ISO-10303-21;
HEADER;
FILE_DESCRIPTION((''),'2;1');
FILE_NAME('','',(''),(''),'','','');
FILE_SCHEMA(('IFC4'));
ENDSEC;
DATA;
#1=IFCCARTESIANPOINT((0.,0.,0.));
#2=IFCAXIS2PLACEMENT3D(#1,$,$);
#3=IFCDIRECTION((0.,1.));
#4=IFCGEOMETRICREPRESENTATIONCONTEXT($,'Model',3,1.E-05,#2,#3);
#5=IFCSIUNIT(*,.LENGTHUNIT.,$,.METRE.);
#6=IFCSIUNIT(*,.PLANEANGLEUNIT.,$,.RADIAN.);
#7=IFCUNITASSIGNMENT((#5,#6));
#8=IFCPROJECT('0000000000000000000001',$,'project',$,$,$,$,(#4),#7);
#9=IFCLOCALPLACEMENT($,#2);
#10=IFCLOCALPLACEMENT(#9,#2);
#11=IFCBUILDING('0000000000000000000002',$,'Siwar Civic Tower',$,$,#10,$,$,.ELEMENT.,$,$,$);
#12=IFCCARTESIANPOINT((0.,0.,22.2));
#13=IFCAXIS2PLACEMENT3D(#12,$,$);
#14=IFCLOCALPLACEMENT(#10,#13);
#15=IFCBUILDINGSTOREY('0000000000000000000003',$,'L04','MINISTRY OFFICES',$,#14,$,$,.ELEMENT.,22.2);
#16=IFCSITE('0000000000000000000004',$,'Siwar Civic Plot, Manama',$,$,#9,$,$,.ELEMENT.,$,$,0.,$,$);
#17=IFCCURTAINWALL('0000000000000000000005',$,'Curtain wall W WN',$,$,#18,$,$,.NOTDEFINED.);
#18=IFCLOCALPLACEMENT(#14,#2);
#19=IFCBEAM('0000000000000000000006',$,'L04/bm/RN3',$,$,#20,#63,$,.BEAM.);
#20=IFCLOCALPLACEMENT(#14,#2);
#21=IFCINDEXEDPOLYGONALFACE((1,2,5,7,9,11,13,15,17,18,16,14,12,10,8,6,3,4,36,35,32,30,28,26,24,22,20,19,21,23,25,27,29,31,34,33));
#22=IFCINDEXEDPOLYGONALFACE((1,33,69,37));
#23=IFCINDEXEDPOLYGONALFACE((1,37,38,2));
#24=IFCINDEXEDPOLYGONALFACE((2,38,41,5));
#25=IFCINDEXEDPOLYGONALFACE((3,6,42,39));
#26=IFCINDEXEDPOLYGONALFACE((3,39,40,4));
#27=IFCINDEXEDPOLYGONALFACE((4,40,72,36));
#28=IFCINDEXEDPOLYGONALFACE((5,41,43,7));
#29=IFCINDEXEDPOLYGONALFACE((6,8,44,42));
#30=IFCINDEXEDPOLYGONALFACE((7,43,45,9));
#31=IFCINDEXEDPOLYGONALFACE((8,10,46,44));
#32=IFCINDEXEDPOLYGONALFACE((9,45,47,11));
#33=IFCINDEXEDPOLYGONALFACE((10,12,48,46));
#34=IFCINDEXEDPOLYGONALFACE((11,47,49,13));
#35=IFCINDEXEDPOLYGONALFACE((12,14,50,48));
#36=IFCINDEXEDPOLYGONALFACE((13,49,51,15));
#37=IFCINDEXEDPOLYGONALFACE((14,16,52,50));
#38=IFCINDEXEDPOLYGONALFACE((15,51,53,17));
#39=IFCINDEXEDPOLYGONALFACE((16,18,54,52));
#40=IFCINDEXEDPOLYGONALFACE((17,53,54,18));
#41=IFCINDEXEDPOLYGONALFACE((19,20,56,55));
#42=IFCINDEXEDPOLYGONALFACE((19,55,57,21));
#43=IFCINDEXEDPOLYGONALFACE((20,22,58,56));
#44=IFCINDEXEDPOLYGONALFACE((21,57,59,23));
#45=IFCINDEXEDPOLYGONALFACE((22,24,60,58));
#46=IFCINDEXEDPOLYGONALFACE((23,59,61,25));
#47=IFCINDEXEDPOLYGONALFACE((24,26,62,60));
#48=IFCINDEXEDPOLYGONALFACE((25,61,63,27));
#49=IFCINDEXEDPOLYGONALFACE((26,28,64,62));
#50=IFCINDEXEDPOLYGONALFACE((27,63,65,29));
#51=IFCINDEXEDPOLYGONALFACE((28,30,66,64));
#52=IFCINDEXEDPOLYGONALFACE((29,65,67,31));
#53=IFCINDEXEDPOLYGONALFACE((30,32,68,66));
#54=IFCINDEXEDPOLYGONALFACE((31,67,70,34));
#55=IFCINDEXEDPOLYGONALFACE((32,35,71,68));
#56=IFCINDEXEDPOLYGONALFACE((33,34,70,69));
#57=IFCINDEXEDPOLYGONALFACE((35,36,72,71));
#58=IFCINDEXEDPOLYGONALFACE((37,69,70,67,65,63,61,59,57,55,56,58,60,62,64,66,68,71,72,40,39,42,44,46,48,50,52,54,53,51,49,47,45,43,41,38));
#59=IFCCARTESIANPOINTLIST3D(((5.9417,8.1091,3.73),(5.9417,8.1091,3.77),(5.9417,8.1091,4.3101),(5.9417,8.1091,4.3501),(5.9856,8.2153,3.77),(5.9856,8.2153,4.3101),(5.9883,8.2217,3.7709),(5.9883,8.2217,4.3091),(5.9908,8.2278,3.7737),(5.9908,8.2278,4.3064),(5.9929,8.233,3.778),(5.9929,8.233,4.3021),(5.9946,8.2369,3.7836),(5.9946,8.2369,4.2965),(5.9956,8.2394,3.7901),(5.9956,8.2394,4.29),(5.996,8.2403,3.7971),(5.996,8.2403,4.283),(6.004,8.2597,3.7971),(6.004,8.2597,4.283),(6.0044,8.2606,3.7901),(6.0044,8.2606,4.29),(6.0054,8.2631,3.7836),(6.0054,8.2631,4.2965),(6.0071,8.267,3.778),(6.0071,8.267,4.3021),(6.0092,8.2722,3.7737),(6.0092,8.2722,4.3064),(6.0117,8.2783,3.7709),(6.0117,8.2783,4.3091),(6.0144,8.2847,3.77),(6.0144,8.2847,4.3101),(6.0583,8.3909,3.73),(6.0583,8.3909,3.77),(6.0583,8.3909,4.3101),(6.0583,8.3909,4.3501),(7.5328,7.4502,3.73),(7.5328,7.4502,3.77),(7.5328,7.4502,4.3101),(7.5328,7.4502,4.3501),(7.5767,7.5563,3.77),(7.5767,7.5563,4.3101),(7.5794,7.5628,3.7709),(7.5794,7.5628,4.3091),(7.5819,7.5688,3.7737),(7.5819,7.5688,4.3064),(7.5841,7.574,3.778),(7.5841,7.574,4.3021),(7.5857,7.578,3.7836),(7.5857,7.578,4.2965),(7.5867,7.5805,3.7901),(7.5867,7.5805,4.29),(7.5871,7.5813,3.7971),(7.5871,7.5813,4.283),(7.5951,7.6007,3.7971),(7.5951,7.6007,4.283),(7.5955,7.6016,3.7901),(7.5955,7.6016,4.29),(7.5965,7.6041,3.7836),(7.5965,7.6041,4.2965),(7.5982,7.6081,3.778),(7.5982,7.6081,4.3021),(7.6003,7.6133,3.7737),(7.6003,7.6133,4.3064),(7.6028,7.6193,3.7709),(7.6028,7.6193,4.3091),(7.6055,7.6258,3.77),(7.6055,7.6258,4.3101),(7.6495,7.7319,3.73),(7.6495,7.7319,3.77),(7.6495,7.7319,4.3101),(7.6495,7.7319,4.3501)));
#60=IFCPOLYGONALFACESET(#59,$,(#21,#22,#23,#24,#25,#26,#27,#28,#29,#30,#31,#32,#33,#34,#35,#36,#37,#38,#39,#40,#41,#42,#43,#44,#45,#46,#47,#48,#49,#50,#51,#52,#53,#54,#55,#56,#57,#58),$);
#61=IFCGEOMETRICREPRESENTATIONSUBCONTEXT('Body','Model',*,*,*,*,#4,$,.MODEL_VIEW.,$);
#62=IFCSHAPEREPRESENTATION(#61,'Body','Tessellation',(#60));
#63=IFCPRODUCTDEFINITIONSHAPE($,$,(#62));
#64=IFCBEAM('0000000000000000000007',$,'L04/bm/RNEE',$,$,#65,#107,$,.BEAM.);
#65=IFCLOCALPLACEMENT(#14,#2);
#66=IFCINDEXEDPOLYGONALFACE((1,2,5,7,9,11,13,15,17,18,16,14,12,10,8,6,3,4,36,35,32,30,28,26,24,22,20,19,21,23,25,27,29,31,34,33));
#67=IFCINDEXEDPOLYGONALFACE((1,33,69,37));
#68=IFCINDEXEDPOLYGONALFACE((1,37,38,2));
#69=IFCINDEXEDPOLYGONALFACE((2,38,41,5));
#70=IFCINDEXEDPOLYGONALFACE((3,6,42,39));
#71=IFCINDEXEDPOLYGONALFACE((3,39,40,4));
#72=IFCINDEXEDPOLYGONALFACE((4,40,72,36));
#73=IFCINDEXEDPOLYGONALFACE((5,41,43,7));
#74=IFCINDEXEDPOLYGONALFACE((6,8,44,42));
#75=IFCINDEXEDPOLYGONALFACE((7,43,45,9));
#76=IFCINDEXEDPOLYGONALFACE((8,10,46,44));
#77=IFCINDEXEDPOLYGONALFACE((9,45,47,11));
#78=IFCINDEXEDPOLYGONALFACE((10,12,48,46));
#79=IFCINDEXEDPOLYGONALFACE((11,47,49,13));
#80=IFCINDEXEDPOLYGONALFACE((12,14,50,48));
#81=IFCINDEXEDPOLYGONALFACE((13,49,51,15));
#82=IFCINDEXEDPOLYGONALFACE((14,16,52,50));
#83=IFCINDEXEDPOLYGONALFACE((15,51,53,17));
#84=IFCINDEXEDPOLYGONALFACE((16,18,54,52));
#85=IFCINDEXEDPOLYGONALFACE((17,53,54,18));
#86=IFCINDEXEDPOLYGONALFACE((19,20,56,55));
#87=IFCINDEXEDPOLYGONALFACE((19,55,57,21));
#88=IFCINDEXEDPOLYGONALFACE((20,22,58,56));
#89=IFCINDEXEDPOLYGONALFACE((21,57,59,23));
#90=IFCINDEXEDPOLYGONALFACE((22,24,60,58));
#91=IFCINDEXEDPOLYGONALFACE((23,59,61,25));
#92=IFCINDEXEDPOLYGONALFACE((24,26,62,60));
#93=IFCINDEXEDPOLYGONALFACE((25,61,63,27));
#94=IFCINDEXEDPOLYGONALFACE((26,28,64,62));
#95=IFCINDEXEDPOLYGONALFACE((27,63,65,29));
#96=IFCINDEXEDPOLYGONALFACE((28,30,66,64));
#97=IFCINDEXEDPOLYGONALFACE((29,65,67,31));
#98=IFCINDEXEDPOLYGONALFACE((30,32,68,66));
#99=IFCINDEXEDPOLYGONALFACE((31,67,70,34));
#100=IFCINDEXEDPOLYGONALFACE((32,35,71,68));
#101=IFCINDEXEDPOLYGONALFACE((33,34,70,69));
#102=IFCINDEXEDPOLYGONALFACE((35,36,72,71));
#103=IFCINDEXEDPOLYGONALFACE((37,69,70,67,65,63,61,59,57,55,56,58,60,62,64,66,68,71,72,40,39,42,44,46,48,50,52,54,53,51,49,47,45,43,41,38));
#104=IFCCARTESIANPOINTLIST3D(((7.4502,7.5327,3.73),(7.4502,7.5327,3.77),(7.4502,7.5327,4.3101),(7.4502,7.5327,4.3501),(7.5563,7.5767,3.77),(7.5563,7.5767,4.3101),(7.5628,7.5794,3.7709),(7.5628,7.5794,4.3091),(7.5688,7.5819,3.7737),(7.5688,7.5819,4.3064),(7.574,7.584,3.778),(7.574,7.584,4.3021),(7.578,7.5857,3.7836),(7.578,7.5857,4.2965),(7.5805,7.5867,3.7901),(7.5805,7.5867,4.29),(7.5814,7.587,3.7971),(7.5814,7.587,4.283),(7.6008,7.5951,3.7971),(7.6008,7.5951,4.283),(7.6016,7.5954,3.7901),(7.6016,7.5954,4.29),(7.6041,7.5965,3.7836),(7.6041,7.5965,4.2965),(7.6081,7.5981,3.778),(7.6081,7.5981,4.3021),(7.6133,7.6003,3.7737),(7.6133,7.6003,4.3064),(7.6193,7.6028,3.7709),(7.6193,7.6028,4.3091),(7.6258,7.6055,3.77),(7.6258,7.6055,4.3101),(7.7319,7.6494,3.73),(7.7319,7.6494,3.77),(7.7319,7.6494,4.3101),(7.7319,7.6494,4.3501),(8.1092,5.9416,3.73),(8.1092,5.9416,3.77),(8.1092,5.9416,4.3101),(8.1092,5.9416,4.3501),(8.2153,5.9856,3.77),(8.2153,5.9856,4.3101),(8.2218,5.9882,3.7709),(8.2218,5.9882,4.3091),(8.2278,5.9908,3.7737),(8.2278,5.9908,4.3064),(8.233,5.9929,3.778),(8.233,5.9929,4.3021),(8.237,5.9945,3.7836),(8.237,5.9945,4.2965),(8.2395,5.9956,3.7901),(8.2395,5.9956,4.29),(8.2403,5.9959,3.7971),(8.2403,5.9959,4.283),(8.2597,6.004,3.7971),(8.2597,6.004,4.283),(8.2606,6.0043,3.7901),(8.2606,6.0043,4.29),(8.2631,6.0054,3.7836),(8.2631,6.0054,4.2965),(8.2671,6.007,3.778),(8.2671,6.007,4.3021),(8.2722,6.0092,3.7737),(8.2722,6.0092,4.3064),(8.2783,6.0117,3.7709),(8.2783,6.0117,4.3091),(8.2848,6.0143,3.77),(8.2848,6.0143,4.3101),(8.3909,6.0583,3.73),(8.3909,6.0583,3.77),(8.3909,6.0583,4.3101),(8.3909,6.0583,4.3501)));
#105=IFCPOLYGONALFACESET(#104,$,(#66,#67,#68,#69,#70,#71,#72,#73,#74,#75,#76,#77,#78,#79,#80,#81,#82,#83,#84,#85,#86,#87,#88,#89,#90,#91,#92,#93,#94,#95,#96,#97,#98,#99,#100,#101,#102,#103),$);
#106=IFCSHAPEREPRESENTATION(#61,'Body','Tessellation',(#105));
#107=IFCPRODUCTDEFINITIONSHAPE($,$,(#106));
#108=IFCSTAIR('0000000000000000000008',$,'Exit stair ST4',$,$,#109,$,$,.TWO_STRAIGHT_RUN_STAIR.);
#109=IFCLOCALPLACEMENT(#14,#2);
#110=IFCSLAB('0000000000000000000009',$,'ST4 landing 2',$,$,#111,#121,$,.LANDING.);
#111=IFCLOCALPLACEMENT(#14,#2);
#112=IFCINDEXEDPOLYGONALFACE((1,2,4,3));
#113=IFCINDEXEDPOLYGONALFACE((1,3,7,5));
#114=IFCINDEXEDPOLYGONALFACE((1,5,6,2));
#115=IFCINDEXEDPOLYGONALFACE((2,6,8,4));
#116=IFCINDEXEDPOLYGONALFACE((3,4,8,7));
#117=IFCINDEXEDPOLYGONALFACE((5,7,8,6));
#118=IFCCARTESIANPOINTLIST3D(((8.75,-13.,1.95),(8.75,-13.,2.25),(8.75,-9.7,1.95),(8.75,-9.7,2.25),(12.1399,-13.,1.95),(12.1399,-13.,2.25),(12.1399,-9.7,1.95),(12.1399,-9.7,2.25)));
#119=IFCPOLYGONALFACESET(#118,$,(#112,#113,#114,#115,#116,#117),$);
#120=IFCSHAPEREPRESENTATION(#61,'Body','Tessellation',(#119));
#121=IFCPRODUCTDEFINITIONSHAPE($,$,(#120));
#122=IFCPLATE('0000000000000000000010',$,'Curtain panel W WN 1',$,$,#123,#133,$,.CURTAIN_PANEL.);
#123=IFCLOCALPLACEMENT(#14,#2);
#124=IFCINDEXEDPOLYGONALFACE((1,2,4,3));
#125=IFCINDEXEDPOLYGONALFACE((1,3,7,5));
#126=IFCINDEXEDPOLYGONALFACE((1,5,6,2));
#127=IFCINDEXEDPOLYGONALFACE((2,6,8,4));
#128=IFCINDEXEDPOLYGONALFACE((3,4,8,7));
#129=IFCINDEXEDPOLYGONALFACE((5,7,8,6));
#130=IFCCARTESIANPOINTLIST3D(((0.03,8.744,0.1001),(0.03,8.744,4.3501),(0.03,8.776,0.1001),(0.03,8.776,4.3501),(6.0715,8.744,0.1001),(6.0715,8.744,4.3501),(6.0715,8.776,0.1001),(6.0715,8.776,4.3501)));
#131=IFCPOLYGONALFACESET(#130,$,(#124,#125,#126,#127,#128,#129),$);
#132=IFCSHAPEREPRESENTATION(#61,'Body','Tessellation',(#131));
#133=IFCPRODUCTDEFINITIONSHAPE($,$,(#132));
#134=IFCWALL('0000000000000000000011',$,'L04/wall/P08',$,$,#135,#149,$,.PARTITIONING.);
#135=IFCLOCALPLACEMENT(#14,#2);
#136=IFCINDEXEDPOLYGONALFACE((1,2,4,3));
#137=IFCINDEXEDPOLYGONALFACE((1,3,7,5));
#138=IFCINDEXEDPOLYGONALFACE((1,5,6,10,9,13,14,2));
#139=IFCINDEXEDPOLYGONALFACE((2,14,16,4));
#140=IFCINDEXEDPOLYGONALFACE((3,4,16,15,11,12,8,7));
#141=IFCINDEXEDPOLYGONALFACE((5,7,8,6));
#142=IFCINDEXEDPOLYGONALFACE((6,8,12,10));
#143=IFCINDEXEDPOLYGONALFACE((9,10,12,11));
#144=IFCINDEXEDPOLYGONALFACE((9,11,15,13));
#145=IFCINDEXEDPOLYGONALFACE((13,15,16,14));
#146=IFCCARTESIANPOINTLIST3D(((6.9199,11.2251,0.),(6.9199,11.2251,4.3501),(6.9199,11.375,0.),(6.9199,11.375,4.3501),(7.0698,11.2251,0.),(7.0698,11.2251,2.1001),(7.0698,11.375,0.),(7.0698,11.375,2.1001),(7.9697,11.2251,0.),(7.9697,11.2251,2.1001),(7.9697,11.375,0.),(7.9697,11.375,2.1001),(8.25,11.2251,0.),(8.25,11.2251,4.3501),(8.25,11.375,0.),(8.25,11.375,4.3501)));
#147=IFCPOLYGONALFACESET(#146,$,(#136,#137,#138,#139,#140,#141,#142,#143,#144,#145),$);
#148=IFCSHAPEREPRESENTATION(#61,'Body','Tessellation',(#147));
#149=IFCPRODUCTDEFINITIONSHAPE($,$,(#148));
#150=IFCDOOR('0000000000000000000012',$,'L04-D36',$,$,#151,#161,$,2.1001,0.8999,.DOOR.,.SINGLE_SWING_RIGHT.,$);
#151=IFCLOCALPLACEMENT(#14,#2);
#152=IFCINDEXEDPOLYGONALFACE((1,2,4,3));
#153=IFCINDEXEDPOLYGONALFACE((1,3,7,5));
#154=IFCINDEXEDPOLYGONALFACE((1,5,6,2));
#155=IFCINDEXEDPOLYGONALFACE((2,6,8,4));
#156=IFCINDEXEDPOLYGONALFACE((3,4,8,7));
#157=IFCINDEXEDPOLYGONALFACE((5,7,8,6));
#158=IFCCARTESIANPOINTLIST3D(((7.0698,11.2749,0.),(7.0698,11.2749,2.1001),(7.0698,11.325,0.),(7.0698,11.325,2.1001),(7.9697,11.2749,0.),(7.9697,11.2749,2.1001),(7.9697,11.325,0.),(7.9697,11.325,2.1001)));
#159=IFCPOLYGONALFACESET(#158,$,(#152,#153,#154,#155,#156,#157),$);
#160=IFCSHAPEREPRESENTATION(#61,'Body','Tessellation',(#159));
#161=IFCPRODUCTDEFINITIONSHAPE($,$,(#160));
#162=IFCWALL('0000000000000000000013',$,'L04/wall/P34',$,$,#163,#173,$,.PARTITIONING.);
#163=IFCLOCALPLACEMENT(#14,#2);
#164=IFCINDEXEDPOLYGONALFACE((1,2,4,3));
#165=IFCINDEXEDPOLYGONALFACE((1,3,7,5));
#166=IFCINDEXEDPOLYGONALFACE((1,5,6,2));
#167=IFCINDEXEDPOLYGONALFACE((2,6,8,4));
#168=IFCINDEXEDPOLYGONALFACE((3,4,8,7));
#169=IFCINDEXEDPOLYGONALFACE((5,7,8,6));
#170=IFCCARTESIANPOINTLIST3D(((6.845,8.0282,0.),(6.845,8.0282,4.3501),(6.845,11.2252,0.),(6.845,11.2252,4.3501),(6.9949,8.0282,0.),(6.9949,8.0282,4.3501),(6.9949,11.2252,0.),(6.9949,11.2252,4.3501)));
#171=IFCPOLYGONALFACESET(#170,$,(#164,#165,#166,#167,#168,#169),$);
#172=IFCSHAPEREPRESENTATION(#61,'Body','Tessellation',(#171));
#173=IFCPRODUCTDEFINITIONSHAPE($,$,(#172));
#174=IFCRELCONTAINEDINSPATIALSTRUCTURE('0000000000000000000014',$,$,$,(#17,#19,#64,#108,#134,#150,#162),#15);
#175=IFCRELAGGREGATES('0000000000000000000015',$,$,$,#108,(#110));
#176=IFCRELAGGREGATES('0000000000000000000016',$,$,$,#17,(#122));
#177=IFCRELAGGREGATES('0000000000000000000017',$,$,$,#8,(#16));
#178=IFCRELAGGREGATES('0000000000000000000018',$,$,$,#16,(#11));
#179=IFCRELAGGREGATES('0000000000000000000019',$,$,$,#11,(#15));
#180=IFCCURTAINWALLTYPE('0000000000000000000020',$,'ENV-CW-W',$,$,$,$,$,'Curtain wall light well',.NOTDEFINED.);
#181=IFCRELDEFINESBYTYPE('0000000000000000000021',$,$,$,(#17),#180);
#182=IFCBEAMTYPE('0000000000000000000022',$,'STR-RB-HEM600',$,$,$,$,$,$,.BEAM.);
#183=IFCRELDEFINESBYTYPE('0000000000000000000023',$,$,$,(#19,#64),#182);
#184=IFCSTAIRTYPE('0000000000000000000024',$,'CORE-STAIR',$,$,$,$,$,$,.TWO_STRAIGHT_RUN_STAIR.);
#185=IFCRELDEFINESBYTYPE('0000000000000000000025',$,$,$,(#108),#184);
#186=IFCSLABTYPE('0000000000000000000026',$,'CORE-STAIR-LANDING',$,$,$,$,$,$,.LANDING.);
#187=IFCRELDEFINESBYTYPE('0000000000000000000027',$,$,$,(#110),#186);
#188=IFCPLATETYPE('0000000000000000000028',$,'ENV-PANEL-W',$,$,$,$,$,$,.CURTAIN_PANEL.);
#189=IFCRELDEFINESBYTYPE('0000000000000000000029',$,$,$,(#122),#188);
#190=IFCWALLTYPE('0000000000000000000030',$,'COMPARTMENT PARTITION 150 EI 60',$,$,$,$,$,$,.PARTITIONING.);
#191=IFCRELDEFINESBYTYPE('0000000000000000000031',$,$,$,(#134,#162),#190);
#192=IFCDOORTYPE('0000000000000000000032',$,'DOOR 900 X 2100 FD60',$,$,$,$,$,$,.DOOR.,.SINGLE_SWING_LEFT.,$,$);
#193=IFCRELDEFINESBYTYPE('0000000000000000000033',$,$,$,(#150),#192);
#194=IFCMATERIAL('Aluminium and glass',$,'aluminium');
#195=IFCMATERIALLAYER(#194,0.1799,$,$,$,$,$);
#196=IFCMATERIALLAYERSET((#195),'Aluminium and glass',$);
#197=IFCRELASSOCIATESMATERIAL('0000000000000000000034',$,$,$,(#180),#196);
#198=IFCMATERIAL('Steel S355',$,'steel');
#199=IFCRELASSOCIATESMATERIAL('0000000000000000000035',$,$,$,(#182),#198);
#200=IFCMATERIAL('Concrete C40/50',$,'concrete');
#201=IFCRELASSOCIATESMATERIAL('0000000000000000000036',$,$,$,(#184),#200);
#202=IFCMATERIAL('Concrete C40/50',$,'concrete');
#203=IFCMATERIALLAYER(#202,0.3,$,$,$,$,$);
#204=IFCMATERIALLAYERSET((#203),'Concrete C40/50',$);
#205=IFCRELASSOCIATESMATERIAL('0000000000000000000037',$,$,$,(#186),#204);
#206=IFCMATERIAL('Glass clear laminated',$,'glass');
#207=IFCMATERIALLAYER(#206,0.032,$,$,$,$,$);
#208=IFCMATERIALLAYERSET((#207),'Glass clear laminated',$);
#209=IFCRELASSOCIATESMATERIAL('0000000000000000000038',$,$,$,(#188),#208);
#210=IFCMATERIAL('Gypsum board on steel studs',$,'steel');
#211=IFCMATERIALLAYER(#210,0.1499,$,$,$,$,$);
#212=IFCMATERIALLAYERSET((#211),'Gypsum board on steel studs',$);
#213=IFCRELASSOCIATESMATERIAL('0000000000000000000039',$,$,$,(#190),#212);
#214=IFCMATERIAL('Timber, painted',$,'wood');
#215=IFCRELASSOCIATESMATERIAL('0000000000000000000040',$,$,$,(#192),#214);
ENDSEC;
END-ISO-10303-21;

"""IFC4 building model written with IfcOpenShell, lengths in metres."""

from ifc_helpers import new_model, si_unit, direction, frame, frame_2d, origin, origin_2d, place, context, subcontext, project, spatial, polyline, rectangle, i_section, outline, extrude, material, layer, layer_set, material_profile, profile_set, type_object, element, fill, aggregate, save


model = new_model("IFC4")

# Units and contexts
model_context = context("Model", 3, precision=1e-05, world=origin(), true_north=direction((0.0, 1.0)))
body_context = subcontext(model_context, "Body", "Model", "MODEL_VIEW")
ifc_project = project(units=[si_unit("LENGTHUNIT", "METRE"), si_unit("PLANEANGLEUNIT", "RADIAN")], contexts=[model_context])

# Site, building, storey
site_placement = place(None, origin())
site = spatial("IfcSite", under=ifc_project, at=site_placement, Name="Siwar Civic Plot, Manama", CompositionType="ELEMENT", RefElevation=0.0)
building_placement = place(site_placement, origin())
building = spatial("IfcBuilding", under=site, at=building_placement, Name="Siwar Civic Tower", CompositionType="ELEMENT")
storey_placement = place(building_placement, frame((0.0, 0.0, 22.2)))
storey = spatial("IfcBuildingStorey", under=building, at=storey_placement, Name="L04", Description="MINISTRY OFFICES", CompositionType="ELEMENT", Elevation=22.2)

# Curtain wall
ifc_material_1 = material(Name="Aluminium and glass", Category="aluminium")
ifc_layer_1 = layer(ifc_material_1, 0.1799)
ifc_layer_set_1 = layer_set([ifc_layer_1], Name="Aluminium and glass")
curtain_wall_type = type_object("IfcCurtainWallType", Name="ENV-CW-W", ElementType="Curtain wall light well", PredefinedType="NOTDEFINED", material=ifc_layer_set_1)
curtain_wall_placement = place(storey_placement, origin())
curtain_wall = element("IfcCurtainWall", 1, at=curtain_wall_placement, inside=storey, type_object=curtain_wall_type, Name="Curtain wall W WN", PredefinedType="NOTDEFINED")

# Beams
ifc_material_2 = material(Name="Steel S355", Category="steel")
ifc_material_profile_1 = material_profile(ifc_material_2, i_section(OverallWidth=0.3049, OverallDepth=0.6201, WebThickness=0.021, FlangeThickness=0.04, FilletRadius=0.0271, at=origin_2d()), Name="HEM600")
ifc_profile_set_1 = profile_set([ifc_material_profile_1], Name="Steel S355")
beam_type_1 = type_object("IfcBeamType", Name="STR-RB-HEM600", PredefinedType="BEAM", material=ifc_profile_set_1)
for number, where, z_axis, x_axis, name in (
    (2, (6.0, 8.25, 4.04), (0.923901, -0.382631, 0.0), (0.382631, 0.923901, 0.0), "L04/bm/RN3"),
    (3, (7.5911, 7.5911, 4.04), (0.382631, -0.923901, 0.0), (0.923901, 0.382631, 0.0), "L04/bm/RNEE"),
):
    element("IfcBeam", number, at=place(storey_placement, frame(where, z_axis=z_axis, x_axis=x_axis)), inside=storey, type_object=beam_type_1, Name=name, PredefinedType="BEAM", context=body_context, shape_type="SweptSolid", body=[
        extrude(i_section(OverallWidth=0.3049, OverallDepth=0.6201, WebThickness=0.021, FlangeThickness=0.04, FilletRadius=0.0271, at=origin_2d()), origin(), (0.0, 0.0, 1.0), 1.7222),
    ])

# Stair, slab
ifc_material_3 = material(Name="Concrete C40/50", Category="concrete")
stair_type = type_object("IfcStairType", Name="CORE-STAIR", PredefinedType="TWO_STRAIGHT_RUN_STAIR", material=ifc_material_3)
stair_1_placement = place(storey_placement, origin())
stair_1 = element("IfcStair", 4, at=stair_1_placement, inside=storey, type_object=stair_type, Name="Exit stair ST4", PredefinedType="TWO_STRAIGHT_RUN_STAIR")
ifc_material_4 = material(Name="Concrete C40/50", Category="concrete")
ifc_layer_2 = layer(ifc_material_4, 0.3)
ifc_layer_set_2 = layer_set([ifc_layer_2], Name="Concrete C40/50")
slab_type = type_object("IfcSlabType", Name="CORE-STAIR-LANDING", PredefinedType="LANDING", material=ifc_layer_set_2)
slab_placement = place(storey_placement, frame((0.0, 0.0, 1.95)))
slab = element("IfcSlab", 5, at=slab_placement, type_object=slab_type, Name="ST4 landing 2", PredefinedType="LANDING", context=body_context, shape_type="SweptSolid", body=[
    extrude(outline(polyline([(8.75, -13.0), (12.1399, -13.0), (12.1399, -9.7), (8.75, -9.7), (8.75, -13.0)])), origin(), (0.0, 0.0, 1.0), 0.3),
])
aggregate(stair_1, [slab])

# Plate
ifc_material_5 = material(Name="Glass clear laminated", Category="glass")
ifc_layer_3 = layer(ifc_material_5, 0.032)
ifc_layer_set_3 = layer_set([ifc_layer_3], Name="Glass clear laminated")
plate_type = type_object("IfcPlateType", Name="ENV-PANEL-W", PredefinedType="CURTAIN_PANEL", material=ifc_layer_set_3)
plate_placement = place(storey_placement, frame((3.0508, 8.76, 0.1001), z_axis=(0.0, 0.0, 1.0), x_axis=(-1.0, 0.0, 0.0)))
plate = element("IfcPlate", 6, at=plate_placement, type_object=plate_type, Name="Curtain panel W WN 1", PredefinedType="CURTAIN_PANEL", context=body_context, shape_type="SweptSolid", body=[
    extrude(rectangle(XDim=6.0415, YDim=0.032, at=origin_2d()), origin(), (0.0, 0.0, 1.0), 4.25),
])
aggregate(curtain_wall, [plate])

# Wall, opening, door
ifc_material_6 = material(Name="Gypsum board on steel studs", Category="steel")
ifc_layer_4 = layer(ifc_material_6, 0.1499)
ifc_layer_set_4 = layer_set([ifc_layer_4], Name="Gypsum board on steel studs")
wall_type_1 = type_object("IfcWallType", Name="COMPARTMENT PARTITION 150 EI 60", PredefinedType="PARTITIONING", material=ifc_layer_set_4)
wall_1_placement = place(storey_placement, frame((6.9199, 11.3, 0.0), z_axis=(0.0, 0.0, 1.0), x_axis=(1.0, 0.0, 0.0)))
wall_1 = element("IfcWall", 7, at=wall_1_placement, inside=storey, type_object=wall_type_1, Name="L04/wall/P08", PredefinedType="PARTITIONING", context=body_context, shape_type="SweptSolid", body=[
    extrude(rectangle(XDim=1.3301, YDim=0.1499, at=frame_2d((0.665, 0.0))), origin(), (0.0, 0.0, 1.0), 4.3501),
])
opening_1_placement = place(wall_1_placement, frame((0.1499, 0.0, 0.0)))
opening_1 = element("IfcOpeningElement", 8, at=opening_1_placement, cuts=wall_1, PredefinedType="OPENING", context=body_context, shape_type="SweptSolid", body=[
    extrude(rectangle(XDim=0.8999, YDim=2.1001, at=frame_2d((0.45, 1.05))), frame((0.0, 0.085, 0.0), z_axis=(0.0, -1.0, 0.0), x_axis=(1.0, 0.0, 0.0)), (0.0, 0.0, 1.0), 0.1699),
])
ifc_material_7 = material(Name="Timber, painted", Category="wood")
door_type_1 = type_object("IfcDoorType", Name="DOOR 900 X 2100 FD60", OperationType="SINGLE_SWING_LEFT", PredefinedType="DOOR", material=ifc_material_7)
door_1_placement = place(opening_1_placement, origin())
door_1 = element("IfcDoor", 9, at=door_1_placement, inside=storey, type_object=door_type_1, Name="L04-D36", OperationType="SINGLE_SWING_RIGHT", OverallHeight=2.1001, OverallWidth=0.8999, PredefinedType="DOOR", context=body_context, shape_type="SweptSolid", body=[
    extrude(rectangle(XDim=0.8999, YDim=2.1001, at=frame_2d((0.45, 1.05))), frame((0.0, 0.0249, 0.0), z_axis=(0.0, -1.0, 0.0), x_axis=(1.0, 0.0, 0.0)), (0.0, 0.0, 1.0), 0.05),
])
fill(opening_1, door_1)

# Wall
wall_2_placement = place(storey_placement, frame((6.9199, 8.0281, 0.0), z_axis=(0.0, 0.0, 1.0), x_axis=(0.0, 1.0, 0.0)))
element("IfcWall", 10, at=wall_2_placement, inside=storey, type_object=wall_type_1, Name="L04/wall/P34", PredefinedType="PARTITIONING", context=body_context, shape_type="SweptSolid", body=[
    extrude(rectangle(XDim=3.197, YDim=0.1499, at=frame_2d((1.5986, 0.0))), origin(), (0.0, 0.0, 1.0), 4.3501),
])

save(model, "model.ifc")
